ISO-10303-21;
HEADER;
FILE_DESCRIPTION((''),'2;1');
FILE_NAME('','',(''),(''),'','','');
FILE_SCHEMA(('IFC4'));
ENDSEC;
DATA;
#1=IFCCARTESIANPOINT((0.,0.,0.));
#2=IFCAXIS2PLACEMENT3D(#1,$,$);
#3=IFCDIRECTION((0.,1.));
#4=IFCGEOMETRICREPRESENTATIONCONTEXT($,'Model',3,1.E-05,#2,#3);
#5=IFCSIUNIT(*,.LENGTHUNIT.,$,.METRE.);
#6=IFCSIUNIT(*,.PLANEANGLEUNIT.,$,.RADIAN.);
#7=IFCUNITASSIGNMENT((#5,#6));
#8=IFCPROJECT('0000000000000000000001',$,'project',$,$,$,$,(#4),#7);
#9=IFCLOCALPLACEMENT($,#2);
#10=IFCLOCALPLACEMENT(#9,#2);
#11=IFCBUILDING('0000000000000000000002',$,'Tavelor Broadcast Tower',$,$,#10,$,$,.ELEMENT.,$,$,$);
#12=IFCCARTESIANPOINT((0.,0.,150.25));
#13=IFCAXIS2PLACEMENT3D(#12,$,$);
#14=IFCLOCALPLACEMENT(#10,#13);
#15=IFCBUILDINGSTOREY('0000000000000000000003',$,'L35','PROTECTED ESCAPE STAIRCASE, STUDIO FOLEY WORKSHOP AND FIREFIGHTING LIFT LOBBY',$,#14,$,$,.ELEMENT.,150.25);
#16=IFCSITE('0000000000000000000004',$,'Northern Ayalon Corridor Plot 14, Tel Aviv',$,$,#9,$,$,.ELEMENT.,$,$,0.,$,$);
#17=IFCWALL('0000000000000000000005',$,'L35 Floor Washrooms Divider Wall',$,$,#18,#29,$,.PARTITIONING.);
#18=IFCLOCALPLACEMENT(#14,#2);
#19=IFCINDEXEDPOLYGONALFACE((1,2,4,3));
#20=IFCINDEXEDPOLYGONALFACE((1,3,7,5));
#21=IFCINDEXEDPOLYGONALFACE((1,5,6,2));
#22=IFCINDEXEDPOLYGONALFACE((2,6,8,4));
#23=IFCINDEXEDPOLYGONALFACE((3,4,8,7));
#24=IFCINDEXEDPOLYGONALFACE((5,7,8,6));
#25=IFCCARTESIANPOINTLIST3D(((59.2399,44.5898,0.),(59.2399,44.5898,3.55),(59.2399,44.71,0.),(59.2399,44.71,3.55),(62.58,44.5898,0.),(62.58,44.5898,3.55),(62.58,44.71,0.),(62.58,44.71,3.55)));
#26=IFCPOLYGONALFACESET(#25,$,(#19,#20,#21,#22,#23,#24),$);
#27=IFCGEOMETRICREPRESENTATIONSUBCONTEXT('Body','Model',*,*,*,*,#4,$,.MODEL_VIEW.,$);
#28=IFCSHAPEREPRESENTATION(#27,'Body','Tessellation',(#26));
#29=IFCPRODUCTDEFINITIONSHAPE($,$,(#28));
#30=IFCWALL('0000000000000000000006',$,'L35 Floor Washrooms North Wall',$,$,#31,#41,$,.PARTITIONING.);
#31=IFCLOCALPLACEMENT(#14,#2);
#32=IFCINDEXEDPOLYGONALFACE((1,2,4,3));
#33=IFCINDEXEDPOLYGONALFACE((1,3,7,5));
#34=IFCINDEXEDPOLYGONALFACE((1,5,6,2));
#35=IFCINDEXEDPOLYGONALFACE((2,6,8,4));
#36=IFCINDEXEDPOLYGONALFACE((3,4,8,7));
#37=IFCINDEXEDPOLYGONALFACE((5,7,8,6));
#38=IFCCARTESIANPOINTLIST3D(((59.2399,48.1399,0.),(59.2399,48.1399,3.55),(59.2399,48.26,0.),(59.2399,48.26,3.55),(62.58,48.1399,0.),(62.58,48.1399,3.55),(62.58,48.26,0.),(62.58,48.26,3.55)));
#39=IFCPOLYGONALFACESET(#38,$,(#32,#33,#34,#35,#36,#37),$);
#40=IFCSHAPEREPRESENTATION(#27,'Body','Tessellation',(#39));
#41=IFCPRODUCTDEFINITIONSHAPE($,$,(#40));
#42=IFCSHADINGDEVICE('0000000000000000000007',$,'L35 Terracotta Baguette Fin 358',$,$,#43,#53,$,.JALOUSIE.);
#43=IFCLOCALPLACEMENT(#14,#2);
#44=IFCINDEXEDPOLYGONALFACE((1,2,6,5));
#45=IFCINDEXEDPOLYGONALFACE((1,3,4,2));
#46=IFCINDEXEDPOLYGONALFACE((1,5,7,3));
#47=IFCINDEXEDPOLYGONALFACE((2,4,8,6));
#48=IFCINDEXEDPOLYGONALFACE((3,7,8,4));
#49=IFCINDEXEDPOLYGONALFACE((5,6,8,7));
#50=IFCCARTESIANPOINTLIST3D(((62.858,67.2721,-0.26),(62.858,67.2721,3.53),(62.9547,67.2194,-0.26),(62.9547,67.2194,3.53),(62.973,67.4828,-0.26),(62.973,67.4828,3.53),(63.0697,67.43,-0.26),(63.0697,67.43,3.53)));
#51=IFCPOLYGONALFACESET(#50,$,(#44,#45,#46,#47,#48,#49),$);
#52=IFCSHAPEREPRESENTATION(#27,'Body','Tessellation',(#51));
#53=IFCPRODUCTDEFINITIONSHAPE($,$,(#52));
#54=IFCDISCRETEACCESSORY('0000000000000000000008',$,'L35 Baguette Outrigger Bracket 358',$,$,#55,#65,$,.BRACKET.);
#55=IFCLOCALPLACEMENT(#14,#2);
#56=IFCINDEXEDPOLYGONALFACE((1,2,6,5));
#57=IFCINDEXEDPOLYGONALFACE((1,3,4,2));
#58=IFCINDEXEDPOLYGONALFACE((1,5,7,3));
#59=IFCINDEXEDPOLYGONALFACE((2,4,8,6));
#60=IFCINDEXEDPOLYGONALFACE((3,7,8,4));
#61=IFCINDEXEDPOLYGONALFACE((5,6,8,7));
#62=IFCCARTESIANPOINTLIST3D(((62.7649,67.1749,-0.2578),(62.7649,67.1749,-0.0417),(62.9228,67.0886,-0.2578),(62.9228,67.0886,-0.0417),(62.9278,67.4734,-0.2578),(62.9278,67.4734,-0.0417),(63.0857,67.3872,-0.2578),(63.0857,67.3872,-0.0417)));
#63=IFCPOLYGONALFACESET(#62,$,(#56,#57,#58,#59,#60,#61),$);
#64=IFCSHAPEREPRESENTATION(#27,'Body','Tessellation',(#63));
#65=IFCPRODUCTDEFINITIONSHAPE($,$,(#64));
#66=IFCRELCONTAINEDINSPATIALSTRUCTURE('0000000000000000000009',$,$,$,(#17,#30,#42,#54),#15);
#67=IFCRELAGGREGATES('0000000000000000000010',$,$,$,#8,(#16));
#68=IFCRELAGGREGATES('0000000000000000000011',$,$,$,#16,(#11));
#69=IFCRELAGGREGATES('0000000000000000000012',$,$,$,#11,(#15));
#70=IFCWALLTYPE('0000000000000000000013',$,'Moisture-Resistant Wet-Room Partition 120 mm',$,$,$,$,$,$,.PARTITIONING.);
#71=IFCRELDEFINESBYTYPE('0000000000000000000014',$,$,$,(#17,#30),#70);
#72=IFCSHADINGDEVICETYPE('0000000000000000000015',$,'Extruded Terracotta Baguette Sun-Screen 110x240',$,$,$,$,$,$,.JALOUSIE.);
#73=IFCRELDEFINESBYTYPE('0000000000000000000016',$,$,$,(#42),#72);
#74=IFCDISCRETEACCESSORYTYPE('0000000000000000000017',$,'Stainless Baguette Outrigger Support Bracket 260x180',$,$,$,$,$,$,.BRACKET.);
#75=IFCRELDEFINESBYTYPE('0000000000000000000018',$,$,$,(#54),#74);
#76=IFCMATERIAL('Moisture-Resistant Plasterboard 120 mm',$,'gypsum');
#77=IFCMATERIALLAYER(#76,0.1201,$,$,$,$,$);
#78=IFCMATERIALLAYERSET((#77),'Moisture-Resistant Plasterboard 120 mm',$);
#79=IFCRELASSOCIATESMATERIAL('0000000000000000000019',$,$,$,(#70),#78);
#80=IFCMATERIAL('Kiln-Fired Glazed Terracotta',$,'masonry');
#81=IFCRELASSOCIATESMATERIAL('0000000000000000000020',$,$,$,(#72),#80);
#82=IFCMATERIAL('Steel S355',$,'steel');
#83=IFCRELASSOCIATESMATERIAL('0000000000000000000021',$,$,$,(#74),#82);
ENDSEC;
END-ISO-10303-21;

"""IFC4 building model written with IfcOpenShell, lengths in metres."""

from ifc_helpers import new_model, si_unit, direction, frame, frame_2d, origin, origin_2d, place, context, subcontext, project, spatial, rectangle, extrude, source, transform, mapped, material, layer, layer_set, type_object, type_shapes, element, save


model = new_model("IFC4")

# Units and contexts
model_context = context("Model", 3, precision=1e-05, world=origin(), true_north=direction((0.0, 1.0)))
body_context = subcontext(model_context, "Body", "Model", "MODEL_VIEW")
ifc_project = project(units=[si_unit("LENGTHUNIT", "METRE"), si_unit("PLANEANGLEUNIT", "RADIAN")], contexts=[model_context])

# Site, building, storey
site_placement = place(None, origin())
site = spatial("IfcSite", under=ifc_project, at=site_placement, Name="Northern Ayalon Corridor Plot 14, Tel Aviv", CompositionType="ELEMENT", RefElevation=0.0)
building_placement = place(site_placement, origin())
building = spatial("IfcBuilding", under=site, at=building_placement, Name="Tavelor Broadcast Tower", CompositionType="ELEMENT")
storey_placement = place(building_placement, frame((0.0, 0.0, 150.25)))
storey = spatial("IfcBuildingStorey", under=building, at=storey_placement, Name="L35", Description="PROTECTED ESCAPE STAIRCASE, STUDIO FOLEY WORKSHOP AND FIREFIGHTING LIFT LOBBY", CompositionType="ELEMENT", Elevation=150.25)

# Shared definitions
ifc_material_1 = material(Name="Steel S355", Category="steel")

# Walls
ifc_material_2 = material(Name="Moisture-Resistant Plasterboard 120 mm", Category="gypsum")
ifc_layer_1 = layer(ifc_material_2, 0.1201)
ifc_layer_set_1 = layer_set([ifc_layer_1], Name="Moisture-Resistant Plasterboard 120 mm")
wall_type_1 = type_object("IfcWallType", Name="Moisture-Resistant Wet-Room Partition 120 mm", PredefinedType="PARTITIONING", material=ifc_layer_set_1)
for number, where, z_axis, x_axis, name in (
    (1, (59.24, 44.6499, 0.0), (0.0, 0.0, 1.0), (1.0, 0.0, 0.0), "L35 Floor Washrooms Divider Wall"),
    (2, (59.24, 48.2, 0.0), (0.0, 0.0, 1.0), (1.0, 0.0, 0.0), "L35 Floor Washrooms North Wall"),
):
    element("IfcWall", number, at=place(storey_placement, frame(where, z_axis=z_axis, x_axis=x_axis)), inside=storey, type_object=wall_type_1, Name=name, PredefinedType="PARTITIONING", context=body_context, shape_type="SweptSolid", body=[
        extrude(rectangle(XDim=3.3401, YDim=0.1201, at=frame_2d((1.6699, 0.0))), origin(), (0.0, 0.0, 1.0), 3.55),
    ])

# Shading device
ifc_material_3 = material(Name="Kiln-Fired Glazed Terracotta", Category="masonry")
shading_device_type = type_object("IfcShadingDeviceType", Name="Extruded Terracotta Baguette Sun-Screen 110x240", PredefinedType="JALOUSIE", material=ifc_material_3)
shared_shape_1 = source(origin(), body_context, "Body", "SweptSolid", [
    extrude(rectangle(XDim=0.1101, YDim=0.24, at=origin_2d()), origin(), (0.0, 0.0, 1.0), 3.79),
])
type_shapes(shading_device_type, [shared_shape_1])
shading_device_placement = place(storey_placement, frame((62.9639, 67.3511, -0.26), z_axis=(0.0, 0.0, 1.0), x_axis=(-0.877732, 0.479152, 0.0)))
element("IfcShadingDevice", 3, at=shading_device_placement, inside=storey, type_object=shading_device_type, Name="L35 Terracotta Baguette Fin 358", PredefinedType="JALOUSIE", context=body_context, shape_type="MappedRepresentation", body=[
    mapped(shared_shape_1, transform((0.0, 0.0, 0.0), scale=1.0)),
])

# Discrete accessory
discrete_accessory_type = type_object("IfcDiscreteAccessoryType", Name="Stainless Baguette Outrigger Support Bracket 260x180", PredefinedType="BRACKET", material=ifc_material_1)
shared_shape_2 = source(origin(), body_context, "Body", "SweptSolid", [
    extrude(rectangle(XDim=0.1799, YDim=0.3401, at=origin_2d()), origin(), (0.0, 0.0, 1.0), 0.2161),
])
type_shapes(discrete_accessory_type, [shared_shape_2])
discrete_accessory_placement = place(storey_placement, frame((62.9253, 67.281, -0.2578), z_axis=(0.0, 0.0, 1.0), x_axis=(-0.877732, 0.479152, 0.0)))
element("IfcDiscreteAccessory", 4, at=discrete_accessory_placement, inside=storey, type_object=discrete_accessory_type, Name="L35 Baguette Outrigger Bracket 358", PredefinedType="BRACKET", context=body_context, shape_type="MappedRepresentation", body=[
    mapped(shared_shape_2, transform((0.0, 0.0, 0.0), scale=1.0)),
])

save(model, "model.ifc")
